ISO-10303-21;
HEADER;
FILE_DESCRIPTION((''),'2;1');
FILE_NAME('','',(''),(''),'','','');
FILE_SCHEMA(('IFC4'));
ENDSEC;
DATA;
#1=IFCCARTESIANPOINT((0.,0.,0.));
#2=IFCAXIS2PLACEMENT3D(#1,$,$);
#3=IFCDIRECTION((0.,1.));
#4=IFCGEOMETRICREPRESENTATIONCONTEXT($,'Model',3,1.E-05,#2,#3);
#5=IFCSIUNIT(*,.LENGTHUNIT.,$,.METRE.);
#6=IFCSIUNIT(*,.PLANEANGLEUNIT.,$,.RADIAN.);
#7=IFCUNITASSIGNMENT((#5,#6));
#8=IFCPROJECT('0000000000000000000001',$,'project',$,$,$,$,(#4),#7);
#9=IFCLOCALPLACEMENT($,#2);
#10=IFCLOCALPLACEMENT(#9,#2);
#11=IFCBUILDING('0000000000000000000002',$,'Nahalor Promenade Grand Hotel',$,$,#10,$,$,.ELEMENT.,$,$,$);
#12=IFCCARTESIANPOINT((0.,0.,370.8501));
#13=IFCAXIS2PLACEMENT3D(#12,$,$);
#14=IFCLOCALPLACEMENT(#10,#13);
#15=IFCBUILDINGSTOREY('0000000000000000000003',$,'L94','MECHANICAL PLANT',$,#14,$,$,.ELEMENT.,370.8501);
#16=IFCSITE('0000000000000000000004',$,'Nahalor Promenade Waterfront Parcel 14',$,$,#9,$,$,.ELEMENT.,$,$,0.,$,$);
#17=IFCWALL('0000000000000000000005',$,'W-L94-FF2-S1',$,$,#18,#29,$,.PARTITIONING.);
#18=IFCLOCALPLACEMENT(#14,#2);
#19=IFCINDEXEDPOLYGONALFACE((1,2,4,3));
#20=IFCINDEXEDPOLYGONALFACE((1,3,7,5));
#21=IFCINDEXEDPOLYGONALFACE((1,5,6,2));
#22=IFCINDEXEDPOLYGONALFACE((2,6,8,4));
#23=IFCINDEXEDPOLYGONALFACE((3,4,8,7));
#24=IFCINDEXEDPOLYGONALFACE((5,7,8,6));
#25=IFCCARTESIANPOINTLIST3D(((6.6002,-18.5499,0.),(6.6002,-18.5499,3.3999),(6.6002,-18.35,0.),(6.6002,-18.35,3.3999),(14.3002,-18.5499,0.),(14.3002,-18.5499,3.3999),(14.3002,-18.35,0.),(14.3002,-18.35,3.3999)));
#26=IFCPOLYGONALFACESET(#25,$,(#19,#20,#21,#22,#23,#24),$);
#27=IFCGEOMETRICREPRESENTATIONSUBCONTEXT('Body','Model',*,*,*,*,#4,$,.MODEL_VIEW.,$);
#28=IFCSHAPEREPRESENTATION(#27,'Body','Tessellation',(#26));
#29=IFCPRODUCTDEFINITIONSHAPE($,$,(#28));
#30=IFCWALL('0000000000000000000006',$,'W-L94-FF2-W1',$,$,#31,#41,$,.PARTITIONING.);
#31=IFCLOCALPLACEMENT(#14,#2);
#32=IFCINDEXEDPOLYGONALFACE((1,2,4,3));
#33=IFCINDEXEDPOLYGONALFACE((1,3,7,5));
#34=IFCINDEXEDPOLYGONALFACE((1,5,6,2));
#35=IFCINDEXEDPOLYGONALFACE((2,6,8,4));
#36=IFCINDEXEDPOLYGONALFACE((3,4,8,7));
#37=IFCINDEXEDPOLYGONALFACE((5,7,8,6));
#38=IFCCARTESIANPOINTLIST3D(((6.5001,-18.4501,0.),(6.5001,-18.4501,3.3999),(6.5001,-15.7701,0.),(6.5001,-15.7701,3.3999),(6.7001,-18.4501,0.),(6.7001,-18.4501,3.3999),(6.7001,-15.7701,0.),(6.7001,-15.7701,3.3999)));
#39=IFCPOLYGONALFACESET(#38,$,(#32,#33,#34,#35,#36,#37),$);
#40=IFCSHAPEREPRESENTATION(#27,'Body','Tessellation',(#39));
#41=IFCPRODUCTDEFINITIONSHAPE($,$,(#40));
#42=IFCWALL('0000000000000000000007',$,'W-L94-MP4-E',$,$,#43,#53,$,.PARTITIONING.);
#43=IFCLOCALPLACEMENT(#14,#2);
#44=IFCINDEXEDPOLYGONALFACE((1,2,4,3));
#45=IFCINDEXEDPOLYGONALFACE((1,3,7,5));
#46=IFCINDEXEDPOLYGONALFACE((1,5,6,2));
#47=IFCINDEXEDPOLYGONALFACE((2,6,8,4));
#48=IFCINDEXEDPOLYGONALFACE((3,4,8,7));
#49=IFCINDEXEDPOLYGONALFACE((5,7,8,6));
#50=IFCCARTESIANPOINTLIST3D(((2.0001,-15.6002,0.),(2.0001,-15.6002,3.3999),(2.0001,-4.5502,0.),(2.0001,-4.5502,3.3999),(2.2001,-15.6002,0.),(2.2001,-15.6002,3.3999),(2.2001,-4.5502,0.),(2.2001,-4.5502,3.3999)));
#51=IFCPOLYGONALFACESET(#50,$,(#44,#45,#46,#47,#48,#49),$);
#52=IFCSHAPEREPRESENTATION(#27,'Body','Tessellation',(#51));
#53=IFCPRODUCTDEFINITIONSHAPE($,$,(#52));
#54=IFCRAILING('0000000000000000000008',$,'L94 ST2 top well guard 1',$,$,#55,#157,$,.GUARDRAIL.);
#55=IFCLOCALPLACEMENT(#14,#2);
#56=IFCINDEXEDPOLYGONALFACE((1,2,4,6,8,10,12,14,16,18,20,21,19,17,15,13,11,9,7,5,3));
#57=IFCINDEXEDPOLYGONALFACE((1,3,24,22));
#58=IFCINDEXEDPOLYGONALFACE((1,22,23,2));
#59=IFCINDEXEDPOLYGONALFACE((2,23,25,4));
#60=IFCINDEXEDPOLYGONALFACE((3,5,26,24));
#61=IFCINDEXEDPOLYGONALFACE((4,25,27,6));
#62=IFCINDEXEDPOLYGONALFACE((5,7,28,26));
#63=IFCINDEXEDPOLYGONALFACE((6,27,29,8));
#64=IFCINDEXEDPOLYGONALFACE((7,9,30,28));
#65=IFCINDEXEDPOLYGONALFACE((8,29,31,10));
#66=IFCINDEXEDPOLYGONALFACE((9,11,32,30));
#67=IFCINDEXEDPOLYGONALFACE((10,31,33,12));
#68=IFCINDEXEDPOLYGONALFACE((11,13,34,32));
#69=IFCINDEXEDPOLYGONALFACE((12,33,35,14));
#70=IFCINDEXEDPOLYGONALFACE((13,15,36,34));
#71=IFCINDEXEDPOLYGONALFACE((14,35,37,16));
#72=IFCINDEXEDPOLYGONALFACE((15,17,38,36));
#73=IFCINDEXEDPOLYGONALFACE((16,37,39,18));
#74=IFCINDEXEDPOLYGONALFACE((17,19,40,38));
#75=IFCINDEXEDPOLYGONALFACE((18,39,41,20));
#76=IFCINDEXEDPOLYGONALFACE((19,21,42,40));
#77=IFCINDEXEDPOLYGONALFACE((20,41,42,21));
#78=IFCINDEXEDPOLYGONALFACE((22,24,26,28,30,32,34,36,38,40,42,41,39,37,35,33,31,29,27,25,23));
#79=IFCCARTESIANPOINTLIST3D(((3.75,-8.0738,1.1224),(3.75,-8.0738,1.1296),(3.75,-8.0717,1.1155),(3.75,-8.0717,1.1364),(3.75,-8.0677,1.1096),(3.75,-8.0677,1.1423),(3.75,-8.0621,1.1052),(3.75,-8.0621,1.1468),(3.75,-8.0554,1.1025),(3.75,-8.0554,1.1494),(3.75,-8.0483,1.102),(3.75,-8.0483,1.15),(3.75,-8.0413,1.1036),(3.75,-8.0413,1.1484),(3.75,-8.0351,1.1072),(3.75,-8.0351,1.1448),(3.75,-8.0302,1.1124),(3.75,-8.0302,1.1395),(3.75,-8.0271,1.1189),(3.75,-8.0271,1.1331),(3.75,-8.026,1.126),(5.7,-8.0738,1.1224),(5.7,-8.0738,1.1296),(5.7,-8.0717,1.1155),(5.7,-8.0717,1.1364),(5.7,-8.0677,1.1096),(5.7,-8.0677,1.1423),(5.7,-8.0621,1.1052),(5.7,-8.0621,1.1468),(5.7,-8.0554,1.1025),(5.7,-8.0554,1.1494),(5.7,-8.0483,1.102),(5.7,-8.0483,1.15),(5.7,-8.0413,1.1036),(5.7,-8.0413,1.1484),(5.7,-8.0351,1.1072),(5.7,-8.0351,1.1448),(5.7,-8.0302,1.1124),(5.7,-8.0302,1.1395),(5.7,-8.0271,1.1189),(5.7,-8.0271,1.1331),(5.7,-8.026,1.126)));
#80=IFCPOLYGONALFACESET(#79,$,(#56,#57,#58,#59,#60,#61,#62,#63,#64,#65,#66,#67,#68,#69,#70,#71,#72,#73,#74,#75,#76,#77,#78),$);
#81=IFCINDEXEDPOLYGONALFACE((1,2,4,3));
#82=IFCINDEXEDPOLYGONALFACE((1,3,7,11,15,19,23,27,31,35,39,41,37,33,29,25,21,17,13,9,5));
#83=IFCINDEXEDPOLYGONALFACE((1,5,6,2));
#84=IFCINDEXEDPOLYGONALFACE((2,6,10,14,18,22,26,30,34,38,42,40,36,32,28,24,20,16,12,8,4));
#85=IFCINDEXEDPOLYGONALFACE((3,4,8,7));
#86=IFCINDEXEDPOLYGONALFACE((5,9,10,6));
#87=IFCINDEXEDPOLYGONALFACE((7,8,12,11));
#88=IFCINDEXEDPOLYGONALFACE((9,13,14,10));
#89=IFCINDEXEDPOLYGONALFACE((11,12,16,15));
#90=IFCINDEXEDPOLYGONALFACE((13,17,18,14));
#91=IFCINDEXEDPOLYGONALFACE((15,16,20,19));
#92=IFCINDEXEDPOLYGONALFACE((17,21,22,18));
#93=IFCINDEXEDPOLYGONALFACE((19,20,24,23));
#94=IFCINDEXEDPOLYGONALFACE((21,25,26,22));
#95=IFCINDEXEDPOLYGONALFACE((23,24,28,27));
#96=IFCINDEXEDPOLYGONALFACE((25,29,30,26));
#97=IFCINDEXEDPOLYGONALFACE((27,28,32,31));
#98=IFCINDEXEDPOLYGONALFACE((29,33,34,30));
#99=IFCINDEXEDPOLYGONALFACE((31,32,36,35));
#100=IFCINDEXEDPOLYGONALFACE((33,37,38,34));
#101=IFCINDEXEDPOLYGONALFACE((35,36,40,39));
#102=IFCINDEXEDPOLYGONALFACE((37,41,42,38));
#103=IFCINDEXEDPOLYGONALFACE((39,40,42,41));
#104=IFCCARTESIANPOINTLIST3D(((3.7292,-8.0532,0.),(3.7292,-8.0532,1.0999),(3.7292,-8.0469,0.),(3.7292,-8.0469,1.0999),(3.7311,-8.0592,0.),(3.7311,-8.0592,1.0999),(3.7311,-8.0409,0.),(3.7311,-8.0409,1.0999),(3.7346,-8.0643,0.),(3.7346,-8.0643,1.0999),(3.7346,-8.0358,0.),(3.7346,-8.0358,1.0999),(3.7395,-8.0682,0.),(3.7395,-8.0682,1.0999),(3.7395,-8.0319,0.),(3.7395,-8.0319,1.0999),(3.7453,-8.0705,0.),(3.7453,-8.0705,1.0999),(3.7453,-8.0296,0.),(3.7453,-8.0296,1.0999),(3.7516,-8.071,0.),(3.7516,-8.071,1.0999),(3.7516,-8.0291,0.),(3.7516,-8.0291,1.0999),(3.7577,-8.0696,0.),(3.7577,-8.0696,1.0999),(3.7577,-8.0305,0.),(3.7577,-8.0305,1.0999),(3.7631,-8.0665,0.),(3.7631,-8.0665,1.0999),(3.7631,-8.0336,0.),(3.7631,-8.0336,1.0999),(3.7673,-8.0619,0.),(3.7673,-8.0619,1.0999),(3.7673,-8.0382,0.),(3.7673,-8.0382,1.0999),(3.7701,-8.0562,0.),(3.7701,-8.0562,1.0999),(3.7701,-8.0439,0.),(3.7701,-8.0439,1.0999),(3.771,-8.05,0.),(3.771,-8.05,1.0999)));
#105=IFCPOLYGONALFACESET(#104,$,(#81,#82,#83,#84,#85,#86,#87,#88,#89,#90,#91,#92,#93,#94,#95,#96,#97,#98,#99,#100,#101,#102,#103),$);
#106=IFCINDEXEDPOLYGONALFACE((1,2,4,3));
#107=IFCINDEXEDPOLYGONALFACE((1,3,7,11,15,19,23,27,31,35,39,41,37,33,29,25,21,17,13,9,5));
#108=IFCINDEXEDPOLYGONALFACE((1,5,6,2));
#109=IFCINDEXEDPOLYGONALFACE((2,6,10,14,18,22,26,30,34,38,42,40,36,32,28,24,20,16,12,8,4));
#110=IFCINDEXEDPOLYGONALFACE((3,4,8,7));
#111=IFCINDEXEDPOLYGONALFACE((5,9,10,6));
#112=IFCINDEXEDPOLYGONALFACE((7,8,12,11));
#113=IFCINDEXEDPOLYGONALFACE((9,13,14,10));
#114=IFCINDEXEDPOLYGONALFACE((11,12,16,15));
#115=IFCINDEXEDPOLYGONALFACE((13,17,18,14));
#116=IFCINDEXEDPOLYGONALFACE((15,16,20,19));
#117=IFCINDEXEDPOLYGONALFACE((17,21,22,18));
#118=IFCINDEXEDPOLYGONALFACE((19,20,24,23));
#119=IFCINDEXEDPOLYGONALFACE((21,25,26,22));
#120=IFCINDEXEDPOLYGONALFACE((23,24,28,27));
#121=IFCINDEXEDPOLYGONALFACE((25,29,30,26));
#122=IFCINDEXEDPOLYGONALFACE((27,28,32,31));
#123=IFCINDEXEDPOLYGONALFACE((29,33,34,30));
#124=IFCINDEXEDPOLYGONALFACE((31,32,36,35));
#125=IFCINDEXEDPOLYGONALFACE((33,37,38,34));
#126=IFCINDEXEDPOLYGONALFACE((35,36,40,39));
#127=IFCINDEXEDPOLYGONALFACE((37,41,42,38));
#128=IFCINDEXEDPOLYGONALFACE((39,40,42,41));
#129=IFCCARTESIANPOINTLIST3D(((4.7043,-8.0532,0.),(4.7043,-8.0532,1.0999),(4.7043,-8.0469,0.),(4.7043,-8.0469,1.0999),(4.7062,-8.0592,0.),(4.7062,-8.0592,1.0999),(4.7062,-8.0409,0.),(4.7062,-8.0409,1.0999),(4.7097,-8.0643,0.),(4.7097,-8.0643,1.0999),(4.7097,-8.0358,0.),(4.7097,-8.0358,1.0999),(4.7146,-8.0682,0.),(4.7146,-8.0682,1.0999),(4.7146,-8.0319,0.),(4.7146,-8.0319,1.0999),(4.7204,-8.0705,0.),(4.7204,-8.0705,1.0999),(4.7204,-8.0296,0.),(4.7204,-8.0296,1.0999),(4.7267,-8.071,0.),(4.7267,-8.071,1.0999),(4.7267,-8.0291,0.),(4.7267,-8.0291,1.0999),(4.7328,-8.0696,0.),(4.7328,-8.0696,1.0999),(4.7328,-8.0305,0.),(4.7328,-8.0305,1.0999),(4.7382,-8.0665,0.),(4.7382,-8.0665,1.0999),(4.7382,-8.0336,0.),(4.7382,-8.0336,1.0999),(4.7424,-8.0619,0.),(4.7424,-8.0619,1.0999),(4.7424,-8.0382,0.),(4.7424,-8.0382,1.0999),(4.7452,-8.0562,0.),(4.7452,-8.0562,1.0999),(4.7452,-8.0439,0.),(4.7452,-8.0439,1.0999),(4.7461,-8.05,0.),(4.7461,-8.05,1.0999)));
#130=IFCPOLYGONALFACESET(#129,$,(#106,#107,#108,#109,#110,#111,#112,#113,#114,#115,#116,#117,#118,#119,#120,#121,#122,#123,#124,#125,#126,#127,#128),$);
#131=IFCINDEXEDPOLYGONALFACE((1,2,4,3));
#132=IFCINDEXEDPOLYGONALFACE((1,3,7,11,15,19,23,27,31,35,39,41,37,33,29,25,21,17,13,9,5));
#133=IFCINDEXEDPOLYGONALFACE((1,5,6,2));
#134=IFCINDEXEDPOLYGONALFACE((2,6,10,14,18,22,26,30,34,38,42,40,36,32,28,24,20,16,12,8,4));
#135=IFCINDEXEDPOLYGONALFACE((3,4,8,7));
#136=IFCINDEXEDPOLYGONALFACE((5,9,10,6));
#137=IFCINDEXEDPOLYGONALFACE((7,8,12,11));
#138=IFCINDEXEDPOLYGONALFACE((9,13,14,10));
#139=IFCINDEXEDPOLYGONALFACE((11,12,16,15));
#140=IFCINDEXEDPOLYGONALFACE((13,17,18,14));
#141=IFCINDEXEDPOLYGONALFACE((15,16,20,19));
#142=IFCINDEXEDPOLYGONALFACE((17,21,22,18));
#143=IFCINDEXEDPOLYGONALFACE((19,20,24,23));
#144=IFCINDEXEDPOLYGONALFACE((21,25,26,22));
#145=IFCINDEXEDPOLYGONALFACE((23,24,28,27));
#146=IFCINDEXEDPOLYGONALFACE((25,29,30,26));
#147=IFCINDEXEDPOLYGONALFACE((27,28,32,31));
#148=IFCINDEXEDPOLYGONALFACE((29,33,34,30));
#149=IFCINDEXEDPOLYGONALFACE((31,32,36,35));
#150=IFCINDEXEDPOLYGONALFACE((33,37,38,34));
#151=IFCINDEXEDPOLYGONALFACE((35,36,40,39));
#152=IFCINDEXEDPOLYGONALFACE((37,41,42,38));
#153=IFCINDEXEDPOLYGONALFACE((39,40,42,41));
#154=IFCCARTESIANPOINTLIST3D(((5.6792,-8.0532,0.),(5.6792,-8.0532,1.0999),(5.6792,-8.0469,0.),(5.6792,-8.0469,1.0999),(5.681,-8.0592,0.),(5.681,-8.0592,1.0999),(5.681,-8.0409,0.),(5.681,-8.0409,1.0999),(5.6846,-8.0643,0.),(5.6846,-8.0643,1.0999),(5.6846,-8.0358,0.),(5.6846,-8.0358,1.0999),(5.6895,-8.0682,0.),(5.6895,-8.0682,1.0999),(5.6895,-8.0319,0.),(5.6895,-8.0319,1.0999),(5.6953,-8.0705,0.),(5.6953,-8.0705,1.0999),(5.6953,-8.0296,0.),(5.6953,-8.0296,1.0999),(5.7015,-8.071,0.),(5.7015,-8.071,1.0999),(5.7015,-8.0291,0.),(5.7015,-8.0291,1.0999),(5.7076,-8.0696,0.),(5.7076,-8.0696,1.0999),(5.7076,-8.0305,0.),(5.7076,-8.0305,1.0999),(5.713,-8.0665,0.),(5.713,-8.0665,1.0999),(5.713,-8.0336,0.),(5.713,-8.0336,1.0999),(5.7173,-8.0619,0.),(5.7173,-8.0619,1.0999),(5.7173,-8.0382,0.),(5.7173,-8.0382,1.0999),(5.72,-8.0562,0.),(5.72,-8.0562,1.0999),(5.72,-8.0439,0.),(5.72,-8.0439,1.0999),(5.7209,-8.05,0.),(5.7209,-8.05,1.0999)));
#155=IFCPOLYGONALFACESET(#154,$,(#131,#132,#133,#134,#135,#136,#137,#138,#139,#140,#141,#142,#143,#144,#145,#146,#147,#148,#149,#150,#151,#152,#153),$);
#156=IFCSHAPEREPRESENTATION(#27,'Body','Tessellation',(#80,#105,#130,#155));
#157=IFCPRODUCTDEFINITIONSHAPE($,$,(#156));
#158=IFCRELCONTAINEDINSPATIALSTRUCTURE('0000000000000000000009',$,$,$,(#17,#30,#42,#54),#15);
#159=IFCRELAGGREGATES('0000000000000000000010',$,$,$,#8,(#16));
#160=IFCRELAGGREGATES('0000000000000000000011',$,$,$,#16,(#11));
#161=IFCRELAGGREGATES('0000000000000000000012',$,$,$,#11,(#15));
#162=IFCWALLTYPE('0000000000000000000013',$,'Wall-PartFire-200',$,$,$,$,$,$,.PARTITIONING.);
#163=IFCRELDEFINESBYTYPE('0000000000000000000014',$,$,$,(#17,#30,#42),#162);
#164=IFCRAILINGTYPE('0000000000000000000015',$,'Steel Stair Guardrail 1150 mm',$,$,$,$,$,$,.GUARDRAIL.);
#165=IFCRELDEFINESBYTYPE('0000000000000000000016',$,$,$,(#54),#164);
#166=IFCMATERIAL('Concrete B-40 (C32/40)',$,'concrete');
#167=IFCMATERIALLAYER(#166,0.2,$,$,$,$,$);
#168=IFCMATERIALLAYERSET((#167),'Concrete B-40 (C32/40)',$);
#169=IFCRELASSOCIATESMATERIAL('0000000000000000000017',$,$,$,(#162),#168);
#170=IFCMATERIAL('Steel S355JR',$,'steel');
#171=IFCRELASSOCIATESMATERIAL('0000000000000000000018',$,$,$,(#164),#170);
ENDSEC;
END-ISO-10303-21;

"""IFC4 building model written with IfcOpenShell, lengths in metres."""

from ifc_helpers import new_model, si_unit, direction, frame, frame_2d, origin, origin_2d, place, context, subcontext, project, spatial, rectangle, circle, extrude, source, transform, mapped, material, layer, layer_set, type_object, element, save


model = new_model("IFC4")

# Units and contexts
model_context = context("Model", 3, precision=1e-05, world=origin(), true_north=direction((0.0, 1.0)))
body_context = subcontext(model_context, "Body", "Model", "MODEL_VIEW")
ifc_project = project(units=[si_unit("LENGTHUNIT", "METRE"), si_unit("PLANEANGLEUNIT", "RADIAN")], contexts=[model_context])

# Site, building, storey
site_placement = place(None, origin())
site = spatial("IfcSite", under=ifc_project, at=site_placement, Name="Nahalor Promenade Waterfront Parcel 14", CompositionType="ELEMENT", RefElevation=0.0)
building_placement = place(site_placement, origin())
building = spatial("IfcBuilding", under=site, at=building_placement, Name="Nahalor Promenade Grand Hotel", CompositionType="ELEMENT")
storey_placement = place(building_placement, frame((0.0, 0.0, 370.8501)))
storey = spatial("IfcBuildingStorey", under=building, at=storey_placement, Name="L94", Description="MECHANICAL PLANT", CompositionType="ELEMENT", Elevation=370.8501)

# Shared definitions
ifc_material_1 = material(Name="Steel S355JR", Category="steel")

# Walls
ifc_material_2 = material(Name="Concrete B-40 (C32/40)", Category="concrete")
ifc_layer_1 = layer(ifc_material_2, 0.2)
ifc_layer_set_1 = layer_set([ifc_layer_1], Name="Concrete B-40 (C32/40)")
wall_type_1 = type_object("IfcWallType", Name="Wall-PartFire-200", PredefinedType="PARTITIONING", material=ifc_layer_set_1)
shared_shape_1 = source(origin(), body_context, "Body", "SweptSolid", [
    extrude(rectangle(XDim=7.7, YDim=0.2, at=frame_2d((3.8501, 0.0))), origin(), (0.0, 0.0, 1.0), 3.3999),
])
wall_1_placement = place(storey_placement, frame((6.6001, -18.45, 0.0), z_axis=(0.0, 0.0, 1.0), x_axis=(1.0, 0.0, 0.0)))
element("IfcWall", 1, at=wall_1_placement, inside=storey, type_object=wall_type_1, Name="W-L94-FF2-S1", PredefinedType="PARTITIONING", context=body_context, shape_type="MappedRepresentation", body=[
    mapped(shared_shape_1, transform((0.0, 0.0, 0.0), scale=1.0)),
])
shared_shape_2 = source(origin(), body_context, "Body", "SweptSolid", [
    extrude(rectangle(XDim=2.6799, YDim=0.2, at=frame_2d((1.3398, 0.0))), origin(), (0.0, 0.0, 1.0), 3.3999),
])
wall_2_placement = place(storey_placement, frame((6.6001, -18.45, 0.0), z_axis=(0.0, 0.0, 1.0), x_axis=(0.0, 1.0, 0.0)))
element("IfcWall", 2, at=wall_2_placement, inside=storey, type_object=wall_type_1, Name="W-L94-FF2-W1", PredefinedType="PARTITIONING", context=body_context, shape_type="MappedRepresentation", body=[
    mapped(shared_shape_2, transform((0.0, 0.0, 0.0), scale=1.0)),
])
shared_shape_3 = source(origin(), body_context, "Body", "SweptSolid", [
    extrude(rectangle(XDim=11.05, YDim=0.2, at=frame_2d((5.5249, 0.0))), origin(), (0.0, 0.0, 1.0), 3.3999),
])
wall_3_placement = place(storey_placement, frame((2.1001, -15.6001, 0.0), z_axis=(0.0, 0.0, 1.0), x_axis=(0.0, 1.0, 0.0)))
element("IfcWall", 3, at=wall_3_placement, inside=storey, type_object=wall_type_1, Name="W-L94-MP4-E", PredefinedType="PARTITIONING", context=body_context, shape_type="MappedRepresentation", body=[
    mapped(shared_shape_3, transform((0.0, 0.0, 0.0), scale=1.0)),
])

# Railing
railing_type = type_object("IfcRailingType", Name="Steel Stair Guardrail 1150 mm", PredefinedType="GUARDRAIL", material=ifc_material_1)
railing_placement = place(storey_placement, frame((3.75, -8.05, 0.0)))
element("IfcRailing", 4, at=railing_placement, inside=storey, type_object=railing_type, Name="L94 ST2 top well guard 1", PredefinedType="GUARDRAIL", context=body_context, shape_type="SweptSolid", body=[
    extrude(circle(Radius=0.024, at=origin_2d()), frame((0.0, 0.0, 1.126), z_axis=(1.0, 0.0, 0.0), x_axis=(0.0, 1.0, 0.0)), (0.0, 0.0, 1.0), 1.95),
    extrude(circle(Radius=0.021, at=origin_2d()), origin(), (0.0, 0.0, 1.0), 1.0999),
    extrude(circle(Radius=0.021, at=origin_2d()), frame((0.9751, 0.0, 0.0)), (0.0, 0.0, 1.0), 1.0999),
    extrude(circle(Radius=0.021, at=origin_2d()), frame((1.95, 0.0, 0.0)), (0.0, 0.0, 1.0), 1.0999),
])

save(model, "model.ifc")
